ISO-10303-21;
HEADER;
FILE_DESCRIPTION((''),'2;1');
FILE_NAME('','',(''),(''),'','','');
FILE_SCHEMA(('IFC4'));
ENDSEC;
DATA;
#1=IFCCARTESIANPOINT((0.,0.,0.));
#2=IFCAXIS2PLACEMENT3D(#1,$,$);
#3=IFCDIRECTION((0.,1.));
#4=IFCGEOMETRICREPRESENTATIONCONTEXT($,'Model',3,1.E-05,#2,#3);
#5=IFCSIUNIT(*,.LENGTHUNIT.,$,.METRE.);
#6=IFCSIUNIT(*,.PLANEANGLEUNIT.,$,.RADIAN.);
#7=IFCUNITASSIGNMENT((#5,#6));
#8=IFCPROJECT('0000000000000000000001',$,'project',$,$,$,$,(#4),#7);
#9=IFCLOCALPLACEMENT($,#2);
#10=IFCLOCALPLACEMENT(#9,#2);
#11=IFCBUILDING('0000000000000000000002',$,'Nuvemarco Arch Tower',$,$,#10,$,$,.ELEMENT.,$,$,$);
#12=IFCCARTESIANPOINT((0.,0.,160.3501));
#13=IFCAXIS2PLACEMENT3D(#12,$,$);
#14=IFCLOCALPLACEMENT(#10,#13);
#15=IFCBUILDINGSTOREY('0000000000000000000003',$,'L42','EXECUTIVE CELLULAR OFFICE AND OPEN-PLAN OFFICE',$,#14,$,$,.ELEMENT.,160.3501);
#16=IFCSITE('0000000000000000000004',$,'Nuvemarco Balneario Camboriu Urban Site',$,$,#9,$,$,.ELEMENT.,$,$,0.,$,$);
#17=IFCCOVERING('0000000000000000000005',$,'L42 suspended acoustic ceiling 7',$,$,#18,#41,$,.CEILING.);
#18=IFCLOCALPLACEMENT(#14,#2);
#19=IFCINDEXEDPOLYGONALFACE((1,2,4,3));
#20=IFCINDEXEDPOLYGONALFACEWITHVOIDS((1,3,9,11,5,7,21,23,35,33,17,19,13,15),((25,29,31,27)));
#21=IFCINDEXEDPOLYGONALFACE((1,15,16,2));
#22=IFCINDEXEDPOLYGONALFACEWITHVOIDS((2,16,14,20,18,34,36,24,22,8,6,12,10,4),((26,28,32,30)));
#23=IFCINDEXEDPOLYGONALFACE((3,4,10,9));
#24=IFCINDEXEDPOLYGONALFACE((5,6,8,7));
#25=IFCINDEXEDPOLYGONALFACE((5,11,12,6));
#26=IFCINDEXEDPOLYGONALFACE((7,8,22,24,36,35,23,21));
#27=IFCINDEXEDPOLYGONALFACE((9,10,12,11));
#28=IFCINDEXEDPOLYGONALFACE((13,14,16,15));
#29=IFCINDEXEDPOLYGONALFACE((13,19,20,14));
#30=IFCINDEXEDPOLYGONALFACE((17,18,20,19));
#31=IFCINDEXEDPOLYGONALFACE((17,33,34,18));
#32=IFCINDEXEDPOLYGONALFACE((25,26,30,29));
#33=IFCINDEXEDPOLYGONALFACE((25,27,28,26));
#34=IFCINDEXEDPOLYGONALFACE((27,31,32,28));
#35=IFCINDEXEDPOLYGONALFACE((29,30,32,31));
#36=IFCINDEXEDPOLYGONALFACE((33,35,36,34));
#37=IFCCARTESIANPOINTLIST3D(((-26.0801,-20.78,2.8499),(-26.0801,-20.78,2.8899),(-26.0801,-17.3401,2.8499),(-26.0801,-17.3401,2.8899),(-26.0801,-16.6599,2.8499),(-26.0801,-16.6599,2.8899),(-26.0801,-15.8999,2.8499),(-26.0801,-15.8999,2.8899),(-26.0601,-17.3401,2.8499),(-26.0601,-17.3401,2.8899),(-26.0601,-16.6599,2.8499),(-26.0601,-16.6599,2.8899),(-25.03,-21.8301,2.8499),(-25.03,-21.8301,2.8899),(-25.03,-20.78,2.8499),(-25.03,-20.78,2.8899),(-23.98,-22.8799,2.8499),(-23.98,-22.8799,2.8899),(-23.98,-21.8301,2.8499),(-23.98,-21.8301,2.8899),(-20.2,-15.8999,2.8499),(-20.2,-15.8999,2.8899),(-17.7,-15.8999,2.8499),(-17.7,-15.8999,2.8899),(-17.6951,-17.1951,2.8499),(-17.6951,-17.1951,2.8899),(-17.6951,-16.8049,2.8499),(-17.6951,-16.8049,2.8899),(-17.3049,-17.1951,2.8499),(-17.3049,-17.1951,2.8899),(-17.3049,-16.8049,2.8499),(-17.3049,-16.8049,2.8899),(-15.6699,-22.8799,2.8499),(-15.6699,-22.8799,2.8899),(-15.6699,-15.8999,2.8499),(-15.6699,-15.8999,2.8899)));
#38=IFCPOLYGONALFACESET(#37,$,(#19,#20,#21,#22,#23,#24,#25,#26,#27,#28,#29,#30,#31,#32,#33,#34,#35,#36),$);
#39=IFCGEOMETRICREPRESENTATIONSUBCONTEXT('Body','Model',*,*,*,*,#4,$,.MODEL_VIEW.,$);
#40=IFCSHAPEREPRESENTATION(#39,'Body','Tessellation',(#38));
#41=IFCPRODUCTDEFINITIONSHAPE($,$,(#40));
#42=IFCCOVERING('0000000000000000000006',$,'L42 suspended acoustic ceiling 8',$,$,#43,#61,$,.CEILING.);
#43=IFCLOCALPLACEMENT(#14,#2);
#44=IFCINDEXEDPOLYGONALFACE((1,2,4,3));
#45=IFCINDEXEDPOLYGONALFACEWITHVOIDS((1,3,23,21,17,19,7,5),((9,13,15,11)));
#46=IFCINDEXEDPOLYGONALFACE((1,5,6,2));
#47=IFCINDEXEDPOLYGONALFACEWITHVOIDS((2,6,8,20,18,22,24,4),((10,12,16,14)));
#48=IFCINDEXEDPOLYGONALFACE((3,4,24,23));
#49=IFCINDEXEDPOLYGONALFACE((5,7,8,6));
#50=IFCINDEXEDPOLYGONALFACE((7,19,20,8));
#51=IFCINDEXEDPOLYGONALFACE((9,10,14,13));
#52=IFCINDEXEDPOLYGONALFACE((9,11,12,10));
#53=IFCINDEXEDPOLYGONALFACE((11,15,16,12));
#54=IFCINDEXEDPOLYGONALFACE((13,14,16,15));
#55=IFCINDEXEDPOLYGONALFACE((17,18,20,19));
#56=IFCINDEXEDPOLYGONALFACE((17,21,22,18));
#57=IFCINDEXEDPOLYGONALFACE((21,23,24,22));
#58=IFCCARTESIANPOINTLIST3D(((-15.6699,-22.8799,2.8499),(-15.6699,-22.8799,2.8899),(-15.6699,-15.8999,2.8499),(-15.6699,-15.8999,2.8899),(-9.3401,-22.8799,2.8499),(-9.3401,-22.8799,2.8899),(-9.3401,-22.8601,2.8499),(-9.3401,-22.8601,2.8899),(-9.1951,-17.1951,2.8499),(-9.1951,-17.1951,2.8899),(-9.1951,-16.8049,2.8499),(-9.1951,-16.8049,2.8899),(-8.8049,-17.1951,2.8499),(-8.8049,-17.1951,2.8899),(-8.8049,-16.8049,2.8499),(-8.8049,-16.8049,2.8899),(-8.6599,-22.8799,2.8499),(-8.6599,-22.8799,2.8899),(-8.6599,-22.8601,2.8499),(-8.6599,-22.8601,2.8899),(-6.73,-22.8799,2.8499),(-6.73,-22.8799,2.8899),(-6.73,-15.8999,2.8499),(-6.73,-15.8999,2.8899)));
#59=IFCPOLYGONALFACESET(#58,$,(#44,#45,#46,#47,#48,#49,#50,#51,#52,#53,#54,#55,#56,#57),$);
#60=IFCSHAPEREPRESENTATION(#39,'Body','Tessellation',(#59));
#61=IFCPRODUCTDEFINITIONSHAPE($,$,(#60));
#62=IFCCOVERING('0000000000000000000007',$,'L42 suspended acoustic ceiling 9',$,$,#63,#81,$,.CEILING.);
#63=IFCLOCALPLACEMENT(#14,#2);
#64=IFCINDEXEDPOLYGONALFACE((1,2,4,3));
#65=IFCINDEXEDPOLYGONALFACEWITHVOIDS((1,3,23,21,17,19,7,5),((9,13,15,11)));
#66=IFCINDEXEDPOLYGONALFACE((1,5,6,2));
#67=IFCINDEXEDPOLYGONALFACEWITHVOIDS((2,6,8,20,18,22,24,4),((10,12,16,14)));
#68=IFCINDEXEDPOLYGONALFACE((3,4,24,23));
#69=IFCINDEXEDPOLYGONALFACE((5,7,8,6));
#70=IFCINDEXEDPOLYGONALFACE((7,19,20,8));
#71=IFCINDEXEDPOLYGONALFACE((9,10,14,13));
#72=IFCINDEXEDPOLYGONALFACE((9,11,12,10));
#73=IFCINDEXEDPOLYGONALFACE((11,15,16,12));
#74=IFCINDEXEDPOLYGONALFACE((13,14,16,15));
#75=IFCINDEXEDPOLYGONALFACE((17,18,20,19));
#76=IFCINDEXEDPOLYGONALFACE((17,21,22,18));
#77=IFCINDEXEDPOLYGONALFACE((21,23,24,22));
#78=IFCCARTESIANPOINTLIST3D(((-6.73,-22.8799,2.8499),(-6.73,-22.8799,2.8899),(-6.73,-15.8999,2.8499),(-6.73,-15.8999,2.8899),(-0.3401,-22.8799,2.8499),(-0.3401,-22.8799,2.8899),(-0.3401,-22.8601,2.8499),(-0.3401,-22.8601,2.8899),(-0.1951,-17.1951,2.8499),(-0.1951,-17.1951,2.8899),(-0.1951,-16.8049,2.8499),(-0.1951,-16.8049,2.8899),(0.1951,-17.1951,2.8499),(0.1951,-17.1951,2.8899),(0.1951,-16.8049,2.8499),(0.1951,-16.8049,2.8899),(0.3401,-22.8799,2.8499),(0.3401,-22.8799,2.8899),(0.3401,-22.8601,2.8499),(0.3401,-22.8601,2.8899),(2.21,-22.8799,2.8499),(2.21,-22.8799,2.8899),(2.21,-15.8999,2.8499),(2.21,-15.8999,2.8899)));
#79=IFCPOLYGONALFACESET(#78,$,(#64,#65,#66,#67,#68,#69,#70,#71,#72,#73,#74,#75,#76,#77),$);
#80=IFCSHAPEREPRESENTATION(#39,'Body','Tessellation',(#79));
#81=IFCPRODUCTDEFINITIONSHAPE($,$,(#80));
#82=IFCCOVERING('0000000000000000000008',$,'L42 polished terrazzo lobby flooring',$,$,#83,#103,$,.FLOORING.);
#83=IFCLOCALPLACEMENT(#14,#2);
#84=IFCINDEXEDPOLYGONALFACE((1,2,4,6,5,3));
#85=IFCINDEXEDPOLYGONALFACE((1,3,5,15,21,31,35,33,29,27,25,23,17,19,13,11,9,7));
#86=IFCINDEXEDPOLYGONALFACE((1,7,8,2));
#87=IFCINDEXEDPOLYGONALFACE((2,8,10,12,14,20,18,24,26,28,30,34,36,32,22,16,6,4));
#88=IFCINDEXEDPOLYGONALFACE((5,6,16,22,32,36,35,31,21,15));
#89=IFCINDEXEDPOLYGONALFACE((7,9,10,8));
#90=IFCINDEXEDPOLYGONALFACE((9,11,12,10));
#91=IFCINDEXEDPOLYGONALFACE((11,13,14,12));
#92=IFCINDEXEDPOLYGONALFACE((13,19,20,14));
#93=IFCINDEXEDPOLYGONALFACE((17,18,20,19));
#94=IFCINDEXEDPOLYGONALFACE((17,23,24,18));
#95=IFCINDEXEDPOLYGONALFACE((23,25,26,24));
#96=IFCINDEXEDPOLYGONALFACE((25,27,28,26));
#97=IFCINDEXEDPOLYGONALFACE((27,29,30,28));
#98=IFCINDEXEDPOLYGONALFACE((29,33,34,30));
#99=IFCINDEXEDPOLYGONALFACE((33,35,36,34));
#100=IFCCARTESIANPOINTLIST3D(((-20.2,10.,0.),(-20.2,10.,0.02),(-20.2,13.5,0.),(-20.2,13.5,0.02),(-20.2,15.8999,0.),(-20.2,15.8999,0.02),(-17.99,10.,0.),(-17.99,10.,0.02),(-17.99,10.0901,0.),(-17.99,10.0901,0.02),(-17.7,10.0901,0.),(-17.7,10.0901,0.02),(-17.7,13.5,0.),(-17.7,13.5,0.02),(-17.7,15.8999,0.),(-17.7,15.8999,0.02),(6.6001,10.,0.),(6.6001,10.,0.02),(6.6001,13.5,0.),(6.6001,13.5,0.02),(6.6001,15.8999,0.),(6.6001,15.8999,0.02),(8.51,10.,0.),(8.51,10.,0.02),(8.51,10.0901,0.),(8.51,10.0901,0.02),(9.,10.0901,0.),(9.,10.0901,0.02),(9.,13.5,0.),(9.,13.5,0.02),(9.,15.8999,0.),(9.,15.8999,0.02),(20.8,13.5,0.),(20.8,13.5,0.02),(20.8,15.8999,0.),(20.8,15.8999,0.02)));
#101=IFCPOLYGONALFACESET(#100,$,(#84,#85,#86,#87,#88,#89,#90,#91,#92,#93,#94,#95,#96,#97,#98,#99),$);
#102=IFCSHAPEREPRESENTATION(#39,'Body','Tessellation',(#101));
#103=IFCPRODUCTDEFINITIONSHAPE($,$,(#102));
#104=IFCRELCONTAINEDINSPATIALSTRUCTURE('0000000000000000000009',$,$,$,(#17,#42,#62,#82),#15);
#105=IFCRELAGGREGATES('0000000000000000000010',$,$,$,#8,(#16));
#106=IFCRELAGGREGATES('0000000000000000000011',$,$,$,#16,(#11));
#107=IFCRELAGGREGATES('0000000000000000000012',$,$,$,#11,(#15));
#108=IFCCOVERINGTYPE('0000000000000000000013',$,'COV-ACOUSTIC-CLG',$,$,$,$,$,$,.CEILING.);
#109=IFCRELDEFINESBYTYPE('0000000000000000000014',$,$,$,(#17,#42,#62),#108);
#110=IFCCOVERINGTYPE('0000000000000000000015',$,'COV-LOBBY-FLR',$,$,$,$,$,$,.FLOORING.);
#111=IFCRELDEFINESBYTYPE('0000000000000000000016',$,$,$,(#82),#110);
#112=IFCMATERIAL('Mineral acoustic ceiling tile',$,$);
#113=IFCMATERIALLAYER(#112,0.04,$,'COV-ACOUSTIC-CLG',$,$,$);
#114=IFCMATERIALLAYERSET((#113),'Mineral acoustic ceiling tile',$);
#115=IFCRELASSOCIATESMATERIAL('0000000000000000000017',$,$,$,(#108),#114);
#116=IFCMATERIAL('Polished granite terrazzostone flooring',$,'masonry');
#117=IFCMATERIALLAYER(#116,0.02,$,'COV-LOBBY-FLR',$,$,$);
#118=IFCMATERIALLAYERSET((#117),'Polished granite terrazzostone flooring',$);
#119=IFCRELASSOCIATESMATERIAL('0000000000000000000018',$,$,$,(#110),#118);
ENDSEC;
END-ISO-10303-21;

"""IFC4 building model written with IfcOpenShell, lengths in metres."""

from ifc_helpers import new_model, si_unit, direction, frame, origin, place, context, subcontext, project, spatial, polyline, outline, extrude, material, layer, layer_set, type_object, element, save


model = new_model("IFC4")

# Units and contexts
model_context = context("Model", 3, precision=1e-05, world=origin(), true_north=direction((0.0, 1.0)))
body_context = subcontext(model_context, "Body", "Model", "MODEL_VIEW")
ifc_project = project(units=[si_unit("LENGTHUNIT", "METRE"), si_unit("PLANEANGLEUNIT", "RADIAN")], contexts=[model_context])

# Site, building, storey
site_placement = place(None, origin())
site = spatial("IfcSite", under=ifc_project, at=site_placement, Name="Nuvemarco Balneario Camboriu Urban Site", CompositionType="ELEMENT", RefElevation=0.0)
building_placement = place(site_placement, origin())
building = spatial("IfcBuilding", under=site, at=building_placement, Name="Nuvemarco Arch Tower", CompositionType="ELEMENT")
storey_placement = place(building_placement, frame((0.0, 0.0, 160.3501)))
storey = spatial("IfcBuildingStorey", under=building, at=storey_placement, Name="L42", Description="EXECUTIVE CELLULAR OFFICE AND OPEN-PLAN OFFICE", CompositionType="ELEMENT", Elevation=160.3501)

# Coverings
ifc_material_1 = material(Name="Mineral acoustic ceiling tile")
ifc_layer_1 = layer(ifc_material_1, 0.04, Name="COV-ACOUSTIC-CLG")
ifc_layer_set_1 = layer_set([ifc_layer_1], Name="Mineral acoustic ceiling tile")
covering_type_1 = type_object("IfcCoveringType", Name="COV-ACOUSTIC-CLG", PredefinedType="CEILING", material=ifc_layer_set_1)
covering_1_placement = place(storey_placement, frame((0.0, 0.0, 2.8499)))
element("IfcCovering", 1, at=covering_1_placement, inside=storey, type_object=covering_type_1, Name="L42 suspended acoustic ceiling 7", PredefinedType="CEILING", context=body_context, shape_type="SweptSolid", body=[
    extrude(outline(polyline([(-26.0801, -20.78), (-26.0801, -17.3401), (-26.0601, -17.3401), (-26.0601, -16.6599), (-26.0801, -16.6599), (-26.0801, -15.8999), (-20.2, -15.8999), (-17.7, -15.8999), (-15.6699, -15.8999), (-15.6699, -22.8799), (-23.98, -22.8799), (-23.98, -21.8301), (-25.03, -21.8301), (-25.03, -20.78), (-26.0801, -20.78)]), holes=[polyline([(-17.3049, -16.8049), (-17.6951, -16.8049), (-17.6951, -17.1951), (-17.3049, -17.1951), (-17.3049, -16.8049)])]), origin(), (0.0, 0.0, 1.0), 0.04),
])
covering_2_placement = place(storey_placement, frame((0.0, 0.0, 2.8499)))
element("IfcCovering", 2, at=covering_2_placement, inside=storey, type_object=covering_type_1, Name="L42 suspended acoustic ceiling 8", PredefinedType="CEILING", context=body_context, shape_type="SweptSolid", body=[
    extrude(outline(polyline([(-8.6599, -22.8799), (-8.6599, -22.8601), (-9.3401, -22.8601), (-9.3401, -22.8799), (-15.6699, -22.8799), (-15.6699, -15.8999), (-6.73, -15.8999), (-6.73, -22.8799), (-8.6599, -22.8799)]), holes=[polyline([(-8.8049, -17.1951), (-8.8049, -16.8049), (-9.1951, -16.8049), (-9.1951, -17.1951), (-8.8049, -17.1951)])]), origin(), (0.0, 0.0, 1.0), 0.04),
])
covering_3_placement = place(storey_placement, frame((0.0, 0.0, 2.8499)))
element("IfcCovering", 3, at=covering_3_placement, inside=storey, type_object=covering_type_1, Name="L42 suspended acoustic ceiling 9", PredefinedType="CEILING", context=body_context, shape_type="SweptSolid", body=[
    extrude(outline(polyline([(0.3401, -22.8799), (0.3401, -22.8601), (-0.3401, -22.8601), (-0.3401, -22.8799), (-6.73, -22.8799), (-6.73, -15.8999), (2.21, -15.8999), (2.21, -22.8799), (0.3401, -22.8799)]), holes=[polyline([(0.1951, -17.1951), (0.1951, -16.8049), (-0.1951, -16.8049), (-0.1951, -17.1951), (0.1951, -17.1951)])]), origin(), (0.0, 0.0, 1.0), 0.04),
])
ifc_material_2 = material(Name="Polished granite terrazzostone flooring", Category="masonry")
ifc_layer_2 = layer(ifc_material_2, 0.02, Name="COV-LOBBY-FLR")
ifc_layer_set_2 = layer_set([ifc_layer_2], Name="Polished granite terrazzostone flooring")
covering_type_2 = type_object("IfcCoveringType", Name="COV-LOBBY-FLR", PredefinedType="FLOORING", material=ifc_layer_set_2)
covering_4_placement = place(storey_placement, origin())
element("IfcCovering", 4, at=covering_4_placement, inside=storey, type_object=covering_type_2, Name="L42 polished terrazzo lobby flooring", PredefinedType="FLOORING", context=body_context, shape_type="SweptSolid", body=[
    extrude(outline(polyline([(-20.2, 13.5), (-20.2, 15.8999), (-17.7, 15.8999), (6.6001, 15.8999), (9.0, 15.8999), (20.8, 15.8999), (20.8, 13.5), (9.0, 13.5), (9.0, 10.0901), (8.51, 10.0901), (8.51, 10.0), (6.6001, 10.0), (6.6001, 13.5), (-17.7, 13.5), (-17.7, 10.0901), (-17.99, 10.0901), (-17.99, 10.0), (-20.2, 10.0), (-20.2, 13.5)])), origin(), (0.0, 0.0, 1.0), 0.02),
])

save(model, "model.ifc")
